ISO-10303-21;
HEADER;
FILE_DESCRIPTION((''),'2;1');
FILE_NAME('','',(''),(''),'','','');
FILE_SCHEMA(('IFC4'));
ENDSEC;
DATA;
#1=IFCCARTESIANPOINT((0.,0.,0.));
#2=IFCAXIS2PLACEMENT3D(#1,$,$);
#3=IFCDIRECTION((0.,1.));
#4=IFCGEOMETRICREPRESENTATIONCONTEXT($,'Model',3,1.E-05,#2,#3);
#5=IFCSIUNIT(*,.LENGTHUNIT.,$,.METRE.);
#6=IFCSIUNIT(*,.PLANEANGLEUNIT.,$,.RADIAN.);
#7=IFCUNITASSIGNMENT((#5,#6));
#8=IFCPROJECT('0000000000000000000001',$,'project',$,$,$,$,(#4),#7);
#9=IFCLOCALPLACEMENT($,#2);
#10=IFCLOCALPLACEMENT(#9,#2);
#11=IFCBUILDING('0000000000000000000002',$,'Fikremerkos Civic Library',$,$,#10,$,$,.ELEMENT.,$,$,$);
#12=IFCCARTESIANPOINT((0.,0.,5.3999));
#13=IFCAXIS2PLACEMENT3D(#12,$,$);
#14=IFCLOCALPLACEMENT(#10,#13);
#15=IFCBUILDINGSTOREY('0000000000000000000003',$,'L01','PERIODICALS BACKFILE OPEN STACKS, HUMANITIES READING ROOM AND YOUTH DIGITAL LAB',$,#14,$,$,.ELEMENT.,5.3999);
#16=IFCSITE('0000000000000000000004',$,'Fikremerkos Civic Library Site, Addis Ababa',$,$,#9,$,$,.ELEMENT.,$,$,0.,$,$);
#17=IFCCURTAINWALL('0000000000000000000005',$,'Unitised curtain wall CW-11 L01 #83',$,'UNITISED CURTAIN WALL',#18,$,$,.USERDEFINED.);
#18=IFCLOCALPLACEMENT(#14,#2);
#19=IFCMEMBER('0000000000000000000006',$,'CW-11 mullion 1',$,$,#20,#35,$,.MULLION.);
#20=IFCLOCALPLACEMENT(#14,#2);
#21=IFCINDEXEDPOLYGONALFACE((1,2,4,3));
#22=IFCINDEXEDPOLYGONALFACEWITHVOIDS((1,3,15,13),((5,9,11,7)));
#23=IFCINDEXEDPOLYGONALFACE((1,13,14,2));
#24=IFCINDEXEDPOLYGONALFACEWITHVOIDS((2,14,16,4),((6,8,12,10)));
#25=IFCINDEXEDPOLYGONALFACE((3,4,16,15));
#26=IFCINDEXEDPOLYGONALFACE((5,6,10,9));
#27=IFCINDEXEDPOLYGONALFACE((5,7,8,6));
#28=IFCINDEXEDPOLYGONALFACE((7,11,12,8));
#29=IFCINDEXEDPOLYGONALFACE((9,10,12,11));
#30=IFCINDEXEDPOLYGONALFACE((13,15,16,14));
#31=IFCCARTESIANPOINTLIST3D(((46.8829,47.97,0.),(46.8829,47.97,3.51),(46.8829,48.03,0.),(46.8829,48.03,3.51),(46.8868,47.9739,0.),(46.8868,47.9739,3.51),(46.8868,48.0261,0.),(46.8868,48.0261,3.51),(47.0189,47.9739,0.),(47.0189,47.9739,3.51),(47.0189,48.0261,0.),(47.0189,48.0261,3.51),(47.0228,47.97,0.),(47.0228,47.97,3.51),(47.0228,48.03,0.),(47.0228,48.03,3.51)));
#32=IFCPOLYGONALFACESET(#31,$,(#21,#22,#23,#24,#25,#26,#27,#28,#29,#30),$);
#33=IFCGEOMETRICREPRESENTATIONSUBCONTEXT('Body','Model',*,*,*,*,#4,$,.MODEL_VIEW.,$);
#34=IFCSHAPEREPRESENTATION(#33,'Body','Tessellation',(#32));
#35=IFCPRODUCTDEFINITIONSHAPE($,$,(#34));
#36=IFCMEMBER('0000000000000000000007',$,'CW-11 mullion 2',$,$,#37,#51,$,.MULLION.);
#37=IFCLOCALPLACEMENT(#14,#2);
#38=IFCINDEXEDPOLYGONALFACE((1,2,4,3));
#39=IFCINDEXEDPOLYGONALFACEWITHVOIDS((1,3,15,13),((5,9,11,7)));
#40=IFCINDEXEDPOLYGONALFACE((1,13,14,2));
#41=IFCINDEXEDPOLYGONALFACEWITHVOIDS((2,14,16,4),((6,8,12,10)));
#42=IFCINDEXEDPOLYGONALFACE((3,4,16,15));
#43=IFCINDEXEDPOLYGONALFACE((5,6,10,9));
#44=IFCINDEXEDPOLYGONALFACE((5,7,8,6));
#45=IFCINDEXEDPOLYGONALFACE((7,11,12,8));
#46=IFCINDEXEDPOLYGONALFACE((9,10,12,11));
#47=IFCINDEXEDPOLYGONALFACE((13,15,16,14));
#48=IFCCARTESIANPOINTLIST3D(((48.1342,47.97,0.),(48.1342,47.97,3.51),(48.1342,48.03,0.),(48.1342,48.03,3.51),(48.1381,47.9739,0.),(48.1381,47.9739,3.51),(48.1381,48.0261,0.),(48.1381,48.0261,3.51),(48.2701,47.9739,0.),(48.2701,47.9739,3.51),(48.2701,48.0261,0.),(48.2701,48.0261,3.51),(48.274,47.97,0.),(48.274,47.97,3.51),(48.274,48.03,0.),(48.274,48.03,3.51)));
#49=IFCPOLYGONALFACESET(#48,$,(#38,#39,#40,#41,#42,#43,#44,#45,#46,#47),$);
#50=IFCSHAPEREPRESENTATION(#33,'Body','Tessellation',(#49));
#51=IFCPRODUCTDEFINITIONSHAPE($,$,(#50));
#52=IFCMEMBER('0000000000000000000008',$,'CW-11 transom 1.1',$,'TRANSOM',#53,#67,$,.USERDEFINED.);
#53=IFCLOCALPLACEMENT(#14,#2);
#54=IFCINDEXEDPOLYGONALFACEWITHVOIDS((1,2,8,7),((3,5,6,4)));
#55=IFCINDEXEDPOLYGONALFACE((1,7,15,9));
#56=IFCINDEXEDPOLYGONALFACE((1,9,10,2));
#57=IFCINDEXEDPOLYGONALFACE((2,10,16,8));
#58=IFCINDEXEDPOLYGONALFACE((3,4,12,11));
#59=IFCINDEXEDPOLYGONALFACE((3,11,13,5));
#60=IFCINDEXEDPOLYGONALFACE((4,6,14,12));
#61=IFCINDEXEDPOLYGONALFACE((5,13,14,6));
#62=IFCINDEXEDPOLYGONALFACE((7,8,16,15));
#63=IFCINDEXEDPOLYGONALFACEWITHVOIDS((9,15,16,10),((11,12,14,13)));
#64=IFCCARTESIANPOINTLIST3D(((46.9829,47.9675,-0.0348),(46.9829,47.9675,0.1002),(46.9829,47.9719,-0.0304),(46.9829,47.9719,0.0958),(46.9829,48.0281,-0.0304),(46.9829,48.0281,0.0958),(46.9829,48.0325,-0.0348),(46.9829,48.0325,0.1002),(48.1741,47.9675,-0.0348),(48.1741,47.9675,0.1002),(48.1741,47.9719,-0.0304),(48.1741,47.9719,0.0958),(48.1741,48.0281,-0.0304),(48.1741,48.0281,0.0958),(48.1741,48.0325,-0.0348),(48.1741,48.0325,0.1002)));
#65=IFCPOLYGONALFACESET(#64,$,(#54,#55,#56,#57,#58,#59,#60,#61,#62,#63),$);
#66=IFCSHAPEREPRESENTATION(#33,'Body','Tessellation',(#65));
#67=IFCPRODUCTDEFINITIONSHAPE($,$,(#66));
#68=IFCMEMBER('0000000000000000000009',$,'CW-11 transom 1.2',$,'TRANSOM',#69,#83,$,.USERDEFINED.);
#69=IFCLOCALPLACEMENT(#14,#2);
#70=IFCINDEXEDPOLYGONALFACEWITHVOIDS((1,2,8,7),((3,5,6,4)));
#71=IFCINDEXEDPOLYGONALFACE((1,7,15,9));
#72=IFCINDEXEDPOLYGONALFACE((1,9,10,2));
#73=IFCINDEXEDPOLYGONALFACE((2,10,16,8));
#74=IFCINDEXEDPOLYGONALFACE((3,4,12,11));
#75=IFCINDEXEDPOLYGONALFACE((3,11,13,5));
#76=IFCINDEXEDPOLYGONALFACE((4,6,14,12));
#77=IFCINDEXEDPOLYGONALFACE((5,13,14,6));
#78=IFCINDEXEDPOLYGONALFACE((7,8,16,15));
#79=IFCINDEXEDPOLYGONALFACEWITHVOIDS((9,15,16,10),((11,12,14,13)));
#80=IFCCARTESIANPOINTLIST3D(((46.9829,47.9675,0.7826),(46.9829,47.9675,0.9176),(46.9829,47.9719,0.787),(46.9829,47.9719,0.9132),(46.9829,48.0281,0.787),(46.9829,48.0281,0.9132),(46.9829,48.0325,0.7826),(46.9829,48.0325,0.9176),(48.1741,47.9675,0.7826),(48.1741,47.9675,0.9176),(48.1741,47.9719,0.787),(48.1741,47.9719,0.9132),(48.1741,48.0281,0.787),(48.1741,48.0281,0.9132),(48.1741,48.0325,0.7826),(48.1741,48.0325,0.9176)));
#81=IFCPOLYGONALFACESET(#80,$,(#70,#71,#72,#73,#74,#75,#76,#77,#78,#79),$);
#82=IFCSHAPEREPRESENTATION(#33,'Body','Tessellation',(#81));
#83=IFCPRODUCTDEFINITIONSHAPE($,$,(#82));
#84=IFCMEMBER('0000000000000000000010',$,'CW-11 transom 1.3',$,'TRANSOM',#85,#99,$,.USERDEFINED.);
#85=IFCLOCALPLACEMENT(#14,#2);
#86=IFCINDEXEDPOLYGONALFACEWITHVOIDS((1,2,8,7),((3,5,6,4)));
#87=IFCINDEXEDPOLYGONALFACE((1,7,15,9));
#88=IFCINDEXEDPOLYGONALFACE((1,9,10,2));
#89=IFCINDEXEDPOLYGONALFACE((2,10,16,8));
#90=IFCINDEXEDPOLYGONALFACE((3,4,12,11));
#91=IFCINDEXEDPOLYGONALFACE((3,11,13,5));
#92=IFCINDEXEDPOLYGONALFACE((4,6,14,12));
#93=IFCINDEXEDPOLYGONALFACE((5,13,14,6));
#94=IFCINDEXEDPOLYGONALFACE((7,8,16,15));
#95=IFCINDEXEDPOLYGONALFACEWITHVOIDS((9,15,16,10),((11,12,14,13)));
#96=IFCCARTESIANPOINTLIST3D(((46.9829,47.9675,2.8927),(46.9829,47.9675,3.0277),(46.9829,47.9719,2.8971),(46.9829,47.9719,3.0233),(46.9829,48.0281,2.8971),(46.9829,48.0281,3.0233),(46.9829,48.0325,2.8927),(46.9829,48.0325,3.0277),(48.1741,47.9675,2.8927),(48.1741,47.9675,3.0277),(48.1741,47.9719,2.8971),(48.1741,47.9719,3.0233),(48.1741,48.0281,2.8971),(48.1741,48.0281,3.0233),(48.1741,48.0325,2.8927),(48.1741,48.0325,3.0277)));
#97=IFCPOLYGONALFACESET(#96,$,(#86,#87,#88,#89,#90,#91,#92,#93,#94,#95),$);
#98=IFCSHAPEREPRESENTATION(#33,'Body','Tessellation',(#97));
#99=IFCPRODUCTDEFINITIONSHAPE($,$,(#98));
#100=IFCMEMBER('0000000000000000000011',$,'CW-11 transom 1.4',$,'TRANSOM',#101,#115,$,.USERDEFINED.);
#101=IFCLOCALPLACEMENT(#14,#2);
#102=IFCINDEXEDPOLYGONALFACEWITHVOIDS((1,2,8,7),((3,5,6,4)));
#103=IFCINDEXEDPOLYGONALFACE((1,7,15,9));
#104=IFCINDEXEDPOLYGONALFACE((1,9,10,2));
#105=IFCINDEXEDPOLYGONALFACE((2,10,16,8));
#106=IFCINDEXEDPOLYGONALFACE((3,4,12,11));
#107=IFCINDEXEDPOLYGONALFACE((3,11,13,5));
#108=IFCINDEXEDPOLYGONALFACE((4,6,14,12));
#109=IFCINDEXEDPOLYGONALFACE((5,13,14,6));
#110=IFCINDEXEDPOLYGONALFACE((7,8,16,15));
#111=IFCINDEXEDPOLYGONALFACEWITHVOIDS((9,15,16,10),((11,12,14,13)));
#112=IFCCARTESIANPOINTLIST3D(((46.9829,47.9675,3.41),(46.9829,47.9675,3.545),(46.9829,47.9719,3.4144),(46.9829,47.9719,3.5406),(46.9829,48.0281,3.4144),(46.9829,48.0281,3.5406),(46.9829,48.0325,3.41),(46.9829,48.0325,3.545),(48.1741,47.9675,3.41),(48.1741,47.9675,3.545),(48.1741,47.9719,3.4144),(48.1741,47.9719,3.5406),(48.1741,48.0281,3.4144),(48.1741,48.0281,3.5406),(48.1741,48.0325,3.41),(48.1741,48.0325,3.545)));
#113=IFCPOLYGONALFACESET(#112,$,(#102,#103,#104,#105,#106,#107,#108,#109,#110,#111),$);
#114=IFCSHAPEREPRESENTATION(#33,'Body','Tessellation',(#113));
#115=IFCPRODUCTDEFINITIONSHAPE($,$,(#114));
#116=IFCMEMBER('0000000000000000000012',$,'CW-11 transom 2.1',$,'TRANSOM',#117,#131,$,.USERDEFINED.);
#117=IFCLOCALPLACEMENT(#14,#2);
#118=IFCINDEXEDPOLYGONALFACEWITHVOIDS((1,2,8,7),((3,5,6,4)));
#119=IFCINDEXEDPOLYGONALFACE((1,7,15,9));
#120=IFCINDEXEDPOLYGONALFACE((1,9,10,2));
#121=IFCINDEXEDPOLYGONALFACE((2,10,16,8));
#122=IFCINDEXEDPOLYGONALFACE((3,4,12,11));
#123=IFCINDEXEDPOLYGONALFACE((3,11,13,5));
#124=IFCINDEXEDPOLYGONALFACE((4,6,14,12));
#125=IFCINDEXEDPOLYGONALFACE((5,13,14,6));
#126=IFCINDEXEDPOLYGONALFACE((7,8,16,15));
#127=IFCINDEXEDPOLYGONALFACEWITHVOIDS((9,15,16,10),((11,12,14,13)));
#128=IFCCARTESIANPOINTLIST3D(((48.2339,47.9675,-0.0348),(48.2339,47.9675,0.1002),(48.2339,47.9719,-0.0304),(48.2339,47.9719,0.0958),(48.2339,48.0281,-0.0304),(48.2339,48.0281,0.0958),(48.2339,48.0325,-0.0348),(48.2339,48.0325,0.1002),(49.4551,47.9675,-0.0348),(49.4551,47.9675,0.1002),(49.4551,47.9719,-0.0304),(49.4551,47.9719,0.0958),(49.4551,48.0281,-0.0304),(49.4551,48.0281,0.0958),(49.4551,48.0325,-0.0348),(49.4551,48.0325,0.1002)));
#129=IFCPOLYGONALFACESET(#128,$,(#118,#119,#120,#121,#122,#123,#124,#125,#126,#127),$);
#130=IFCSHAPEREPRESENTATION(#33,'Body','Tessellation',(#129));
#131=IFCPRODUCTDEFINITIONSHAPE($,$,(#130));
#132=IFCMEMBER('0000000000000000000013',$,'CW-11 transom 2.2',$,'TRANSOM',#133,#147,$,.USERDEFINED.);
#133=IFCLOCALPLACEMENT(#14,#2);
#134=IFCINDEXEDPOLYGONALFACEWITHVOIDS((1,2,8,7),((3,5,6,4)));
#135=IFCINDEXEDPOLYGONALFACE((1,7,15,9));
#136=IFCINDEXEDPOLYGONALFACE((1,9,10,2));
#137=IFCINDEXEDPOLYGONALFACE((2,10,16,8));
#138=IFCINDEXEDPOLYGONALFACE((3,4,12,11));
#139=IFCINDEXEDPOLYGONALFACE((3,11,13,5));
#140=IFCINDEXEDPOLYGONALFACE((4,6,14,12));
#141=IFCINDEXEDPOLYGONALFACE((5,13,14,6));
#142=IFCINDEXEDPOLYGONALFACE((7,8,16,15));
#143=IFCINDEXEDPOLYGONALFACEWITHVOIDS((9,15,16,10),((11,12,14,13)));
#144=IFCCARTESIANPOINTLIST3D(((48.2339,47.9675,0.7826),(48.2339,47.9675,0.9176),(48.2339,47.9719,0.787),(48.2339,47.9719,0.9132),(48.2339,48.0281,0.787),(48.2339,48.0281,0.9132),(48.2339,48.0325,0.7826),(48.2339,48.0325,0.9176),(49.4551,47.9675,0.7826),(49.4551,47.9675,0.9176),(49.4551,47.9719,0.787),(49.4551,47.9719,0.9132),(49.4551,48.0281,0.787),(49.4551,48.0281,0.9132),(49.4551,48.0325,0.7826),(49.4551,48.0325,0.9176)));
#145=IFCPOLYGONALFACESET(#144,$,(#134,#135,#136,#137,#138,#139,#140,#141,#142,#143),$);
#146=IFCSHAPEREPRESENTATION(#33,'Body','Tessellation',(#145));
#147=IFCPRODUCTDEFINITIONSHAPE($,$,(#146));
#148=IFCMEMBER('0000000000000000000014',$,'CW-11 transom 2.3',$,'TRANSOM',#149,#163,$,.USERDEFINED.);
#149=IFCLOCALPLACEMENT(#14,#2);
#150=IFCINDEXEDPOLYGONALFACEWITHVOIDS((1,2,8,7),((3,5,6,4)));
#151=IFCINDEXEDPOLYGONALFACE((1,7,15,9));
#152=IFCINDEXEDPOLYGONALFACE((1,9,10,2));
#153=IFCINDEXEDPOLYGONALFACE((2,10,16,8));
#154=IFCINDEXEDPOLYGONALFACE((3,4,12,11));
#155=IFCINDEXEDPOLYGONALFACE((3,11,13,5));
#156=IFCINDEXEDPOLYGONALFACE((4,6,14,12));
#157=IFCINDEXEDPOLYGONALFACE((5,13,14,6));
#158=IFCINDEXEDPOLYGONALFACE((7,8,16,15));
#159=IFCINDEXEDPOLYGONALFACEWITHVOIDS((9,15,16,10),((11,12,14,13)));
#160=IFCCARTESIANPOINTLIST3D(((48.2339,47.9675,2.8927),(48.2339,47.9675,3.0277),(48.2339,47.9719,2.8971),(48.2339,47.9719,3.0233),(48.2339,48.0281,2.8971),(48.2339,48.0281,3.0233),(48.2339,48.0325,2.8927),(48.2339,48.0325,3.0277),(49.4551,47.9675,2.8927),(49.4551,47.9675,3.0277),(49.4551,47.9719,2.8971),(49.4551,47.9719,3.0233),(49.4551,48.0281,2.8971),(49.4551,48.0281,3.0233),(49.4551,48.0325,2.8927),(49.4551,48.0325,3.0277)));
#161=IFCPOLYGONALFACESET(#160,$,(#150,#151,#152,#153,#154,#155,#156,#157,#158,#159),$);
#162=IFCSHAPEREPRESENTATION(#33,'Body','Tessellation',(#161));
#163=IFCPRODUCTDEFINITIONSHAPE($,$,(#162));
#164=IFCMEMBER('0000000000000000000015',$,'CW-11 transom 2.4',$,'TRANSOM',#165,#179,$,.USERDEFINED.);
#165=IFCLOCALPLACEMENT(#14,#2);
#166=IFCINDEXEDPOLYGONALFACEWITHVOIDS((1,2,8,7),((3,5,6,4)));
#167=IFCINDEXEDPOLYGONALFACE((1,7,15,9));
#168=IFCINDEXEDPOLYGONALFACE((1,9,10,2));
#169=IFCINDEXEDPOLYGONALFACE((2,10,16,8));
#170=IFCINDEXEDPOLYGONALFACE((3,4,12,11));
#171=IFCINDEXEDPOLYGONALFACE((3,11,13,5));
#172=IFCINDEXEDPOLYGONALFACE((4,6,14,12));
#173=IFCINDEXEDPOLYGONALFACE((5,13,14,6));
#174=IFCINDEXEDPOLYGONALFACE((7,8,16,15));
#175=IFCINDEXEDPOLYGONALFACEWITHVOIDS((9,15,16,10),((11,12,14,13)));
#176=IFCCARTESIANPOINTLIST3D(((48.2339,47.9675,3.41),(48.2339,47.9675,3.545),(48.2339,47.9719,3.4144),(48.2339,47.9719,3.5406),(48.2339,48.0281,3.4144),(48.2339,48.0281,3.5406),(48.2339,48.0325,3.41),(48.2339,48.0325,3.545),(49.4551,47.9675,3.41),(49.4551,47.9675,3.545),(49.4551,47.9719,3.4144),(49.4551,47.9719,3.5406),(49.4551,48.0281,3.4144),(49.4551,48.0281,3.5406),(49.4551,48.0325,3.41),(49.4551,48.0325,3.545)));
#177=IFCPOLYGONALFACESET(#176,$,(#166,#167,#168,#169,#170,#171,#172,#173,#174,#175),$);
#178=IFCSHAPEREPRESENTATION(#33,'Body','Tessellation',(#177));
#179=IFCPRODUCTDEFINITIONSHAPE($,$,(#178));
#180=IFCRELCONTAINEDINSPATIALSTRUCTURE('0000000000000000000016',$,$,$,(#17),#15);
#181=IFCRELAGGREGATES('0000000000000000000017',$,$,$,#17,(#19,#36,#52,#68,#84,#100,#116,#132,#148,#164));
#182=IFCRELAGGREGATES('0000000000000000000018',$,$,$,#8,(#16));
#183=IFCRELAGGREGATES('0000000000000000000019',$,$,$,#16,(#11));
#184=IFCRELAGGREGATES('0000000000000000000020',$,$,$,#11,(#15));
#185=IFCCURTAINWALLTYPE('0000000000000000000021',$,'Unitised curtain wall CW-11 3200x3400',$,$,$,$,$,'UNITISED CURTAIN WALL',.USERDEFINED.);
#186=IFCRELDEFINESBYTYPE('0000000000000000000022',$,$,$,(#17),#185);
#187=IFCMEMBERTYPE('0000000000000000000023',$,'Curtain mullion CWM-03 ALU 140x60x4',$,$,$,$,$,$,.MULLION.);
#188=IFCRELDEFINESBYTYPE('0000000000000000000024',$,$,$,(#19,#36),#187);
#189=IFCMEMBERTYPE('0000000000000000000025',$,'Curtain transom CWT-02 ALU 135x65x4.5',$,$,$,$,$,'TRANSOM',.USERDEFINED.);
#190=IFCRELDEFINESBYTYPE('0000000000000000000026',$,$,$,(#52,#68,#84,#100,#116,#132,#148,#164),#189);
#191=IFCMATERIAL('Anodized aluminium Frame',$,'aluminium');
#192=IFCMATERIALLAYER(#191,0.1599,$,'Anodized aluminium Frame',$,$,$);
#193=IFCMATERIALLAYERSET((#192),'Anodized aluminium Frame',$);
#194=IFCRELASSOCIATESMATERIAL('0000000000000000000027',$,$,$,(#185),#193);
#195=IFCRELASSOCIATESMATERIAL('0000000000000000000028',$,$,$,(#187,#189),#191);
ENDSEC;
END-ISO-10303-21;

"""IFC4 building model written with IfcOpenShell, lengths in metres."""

from ifc_helpers import new_model, si_unit, direction, frame, origin, origin_2d, place, context, subcontext, project, spatial, hollow_rectangle, extrude, material, layer, layer_set, material_profile, profile_set, type_object, element, aggregate, save


model = new_model("IFC4")

# Units and contexts
model_context = context("Model", 3, precision=1e-05, world=origin(), true_north=direction((0.0, 1.0)))
body_context = subcontext(model_context, "Body", "Model", "MODEL_VIEW")
ifc_project = project(units=[si_unit("LENGTHUNIT", "METRE"), si_unit("PLANEANGLEUNIT", "RADIAN")], contexts=[model_context])

# Site, building, storey
site_placement = place(None, origin())
site = spatial("IfcSite", under=ifc_project, at=site_placement, Name="Fikremerkos Civic Library Site, Addis Ababa", CompositionType="ELEMENT", RefElevation=0.0)
building_placement = place(site_placement, origin())
building = spatial("IfcBuilding", under=site, at=building_placement, Name="Fikremerkos Civic Library", CompositionType="ELEMENT")
storey_placement = place(building_placement, frame((0.0, 0.0, 5.3999)))
storey = spatial("IfcBuildingStorey", under=building, at=storey_placement, Name="L01", Description="PERIODICALS BACKFILE OPEN STACKS, HUMANITIES READING ROOM AND YOUTH DIGITAL LAB", CompositionType="ELEMENT", Elevation=5.3999)

# Curtain wall, members
ifc_material_1 = material(Name="Anodized aluminium Frame", Category="aluminium")
ifc_layer_1 = layer(ifc_material_1, 0.1599, Name="Anodized aluminium Frame")
ifc_layer_set_1 = layer_set([ifc_layer_1], Name="Anodized aluminium Frame")
curtain_wall_type = type_object("IfcCurtainWallType", Name="Unitised curtain wall CW-11 3200x3400", ElementType="UNITISED CURTAIN WALL", PredefinedType="USERDEFINED", material=ifc_layer_set_1)
curtain_wall_placement = place(storey_placement, origin())
curtain_wall = element("IfcCurtainWall", 1, at=curtain_wall_placement, inside=storey, type_object=curtain_wall_type, Name="Unitised curtain wall CW-11 L01 #83", ObjectType="UNITISED CURTAIN WALL", PredefinedType="USERDEFINED")
ifc_material_profile_1 = material_profile(ifc_material_1, hollow_rectangle(XDim=0.0601, YDim=0.1399, WallThickness=0.0039, at=origin_2d()), Name="ALU 140x60x4")
ifc_profile_set_1 = profile_set([ifc_material_profile_1], Name="Anodized aluminium Frame")
member_type_1 = type_object("IfcMemberType", Name="Curtain mullion CWM-03 ALU 140x60x4", PredefinedType="MULLION", material=ifc_profile_set_1)
member_1_placement = place(storey_placement, frame((46.9529, 48.0, 0.0), z_axis=(0.0, 0.0, 1.0), x_axis=(0.0, 1.0, 0.0)))
member_1 = element("IfcMember", 2, at=member_1_placement, type_object=member_type_1, Name="CW-11 mullion 1", PredefinedType="MULLION", context=body_context, shape_type="SweptSolid", body=[
    extrude(hollow_rectangle(XDim=0.0601, YDim=0.1399, WallThickness=0.0039, at=origin_2d()), origin(), (0.0, 0.0, 1.0), 3.51),
])
member_2_placement = place(storey_placement, frame((48.2041, 48.0, 0.0), z_axis=(0.0, 0.0, 1.0), x_axis=(0.0, 1.0, 0.0)))
member_2 = element("IfcMember", 3, at=member_2_placement, type_object=member_type_1, Name="CW-11 mullion 2", PredefinedType="MULLION", context=body_context, shape_type="SweptSolid", body=[
    extrude(hollow_rectangle(XDim=0.0601, YDim=0.1399, WallThickness=0.0039, at=origin_2d()), origin(), (0.0, 0.0, 1.0), 3.51),
])
ifc_material_profile_2 = material_profile(ifc_material_1, hollow_rectangle(XDim=0.0649, YDim=0.135, WallThickness=0.0044, at=origin_2d()), Name="ALU 135x65x4.5")
ifc_profile_set_2 = profile_set([ifc_material_profile_2], Name="Anodized aluminium Frame")
member_type_2 = type_object("IfcMemberType", Name="Curtain transom CWT-02 ALU 135x65x4.5", ElementType="TRANSOM", PredefinedType="USERDEFINED", material=ifc_profile_set_2)
member_3_placement = place(storey_placement, frame((46.9829, 48.0, 0.0327), z_axis=(1.0, 0.0, 0.0), x_axis=(0.0, 1.0, 0.0)))
member_3 = element("IfcMember", 4, at=member_3_placement, type_object=member_type_2, Name="CW-11 transom 1.1", ObjectType="TRANSOM", PredefinedType="USERDEFINED", context=body_context, shape_type="SweptSolid", body=[
    extrude(hollow_rectangle(XDim=0.0649, YDim=0.135, WallThickness=0.0044, at=origin_2d()), origin(), (0.0, 0.0, 1.0), 1.1912),
])
member_4_placement = place(storey_placement, frame((46.9829, 48.0, 0.8501), z_axis=(1.0, 0.0, 0.0), x_axis=(0.0, 1.0, 0.0)))
member_4 = element("IfcMember", 5, at=member_4_placement, type_object=member_type_2, Name="CW-11 transom 1.2", ObjectType="TRANSOM", PredefinedType="USERDEFINED", context=body_context, shape_type="SweptSolid", body=[
    extrude(hollow_rectangle(XDim=0.0649, YDim=0.135, WallThickness=0.0044, at=origin_2d()), origin(), (0.0, 0.0, 1.0), 1.1912),
])
member_5_placement = place(storey_placement, frame((46.9829, 48.0, 2.9602), z_axis=(1.0, 0.0, 0.0), x_axis=(0.0, 1.0, 0.0)))
member_5 = element("IfcMember", 6, at=member_5_placement, type_object=member_type_2, Name="CW-11 transom 1.3", ObjectType="TRANSOM", PredefinedType="USERDEFINED", context=body_context, shape_type="SweptSolid", body=[
    extrude(hollow_rectangle(XDim=0.0649, YDim=0.135, WallThickness=0.0044, at=origin_2d()), origin(), (0.0, 0.0, 1.0), 1.1912),
])
member_6_placement = place(storey_placement, frame((46.9829, 48.0, 3.4775), z_axis=(1.0, 0.0, 0.0), x_axis=(0.0, 1.0, 0.0)))
member_6 = element("IfcMember", 7, at=member_6_placement, type_object=member_type_2, Name="CW-11 transom 1.4", ObjectType="TRANSOM", PredefinedType="USERDEFINED", context=body_context, shape_type="SweptSolid", body=[
    extrude(hollow_rectangle(XDim=0.0649, YDim=0.135, WallThickness=0.0044, at=origin_2d()), origin(), (0.0, 0.0, 1.0), 1.1912),
])
member_7_placement = place(storey_placement, frame((48.2339, 48.0, 0.0327), z_axis=(1.0, 0.0, 0.0), x_axis=(0.0, 1.0, 0.0)))
member_7 = element("IfcMember", 8, at=member_7_placement, type_object=member_type_2, Name="CW-11 transom 2.1", ObjectType="TRANSOM", PredefinedType="USERDEFINED", context=body_context, shape_type="SweptSolid", body=[
    extrude(hollow_rectangle(XDim=0.0649, YDim=0.135, WallThickness=0.0044, at=origin_2d()), origin(), (0.0, 0.0, 1.0), 1.2212),
])
member_8_placement = place(storey_placement, frame((48.2339, 48.0, 0.8501), z_axis=(1.0, 0.0, 0.0), x_axis=(0.0, 1.0, 0.0)))
member_8 = element("IfcMember", 9, at=member_8_placement, type_object=member_type_2, Name="CW-11 transom 2.2", ObjectType="TRANSOM", PredefinedType="USERDEFINED", context=body_context, shape_type="SweptSolid", body=[
    extrude(hollow_rectangle(XDim=0.0649, YDim=0.135, WallThickness=0.0044, at=origin_2d()), origin(), (0.0, 0.0, 1.0), 1.2212),
])
member_9_placement = place(storey_placement, frame((48.2339, 48.0, 2.9602), z_axis=(1.0, 0.0, 0.0), x_axis=(0.0, 1.0, 0.0)))
member_9 = element("IfcMember", 10, at=member_9_placement, type_object=member_type_2, Name="CW-11 transom 2.3", ObjectType="TRANSOM", PredefinedType="USERDEFINED", context=body_context, shape_type="SweptSolid", body=[
    extrude(hollow_rectangle(XDim=0.0649, YDim=0.135, WallThickness=0.0044, at=origin_2d()), origin(), (0.0, 0.0, 1.0), 1.2212),
])
member_10_placement = place(storey_placement, frame((48.2339, 48.0, 3.4775), z_axis=(1.0, 0.0, 0.0), x_axis=(0.0, 1.0, 0.0)))
member_10 = element("IfcMember", 11, at=member_10_placement, type_object=member_type_2, Name="CW-11 transom 2.4", ObjectType="TRANSOM", PredefinedType="USERDEFINED", context=body_context, shape_type="SweptSolid", body=[
    extrude(hollow_rectangle(XDim=0.0649, YDim=0.135, WallThickness=0.0044, at=origin_2d()), origin(), (0.0, 0.0, 1.0), 1.2212),
])

aggregate(curtain_wall, [member_1, member_2, member_3, member_4, member_5, member_6, member_7, member_8, member_9, member_10])

save(model, "model.ifc")
